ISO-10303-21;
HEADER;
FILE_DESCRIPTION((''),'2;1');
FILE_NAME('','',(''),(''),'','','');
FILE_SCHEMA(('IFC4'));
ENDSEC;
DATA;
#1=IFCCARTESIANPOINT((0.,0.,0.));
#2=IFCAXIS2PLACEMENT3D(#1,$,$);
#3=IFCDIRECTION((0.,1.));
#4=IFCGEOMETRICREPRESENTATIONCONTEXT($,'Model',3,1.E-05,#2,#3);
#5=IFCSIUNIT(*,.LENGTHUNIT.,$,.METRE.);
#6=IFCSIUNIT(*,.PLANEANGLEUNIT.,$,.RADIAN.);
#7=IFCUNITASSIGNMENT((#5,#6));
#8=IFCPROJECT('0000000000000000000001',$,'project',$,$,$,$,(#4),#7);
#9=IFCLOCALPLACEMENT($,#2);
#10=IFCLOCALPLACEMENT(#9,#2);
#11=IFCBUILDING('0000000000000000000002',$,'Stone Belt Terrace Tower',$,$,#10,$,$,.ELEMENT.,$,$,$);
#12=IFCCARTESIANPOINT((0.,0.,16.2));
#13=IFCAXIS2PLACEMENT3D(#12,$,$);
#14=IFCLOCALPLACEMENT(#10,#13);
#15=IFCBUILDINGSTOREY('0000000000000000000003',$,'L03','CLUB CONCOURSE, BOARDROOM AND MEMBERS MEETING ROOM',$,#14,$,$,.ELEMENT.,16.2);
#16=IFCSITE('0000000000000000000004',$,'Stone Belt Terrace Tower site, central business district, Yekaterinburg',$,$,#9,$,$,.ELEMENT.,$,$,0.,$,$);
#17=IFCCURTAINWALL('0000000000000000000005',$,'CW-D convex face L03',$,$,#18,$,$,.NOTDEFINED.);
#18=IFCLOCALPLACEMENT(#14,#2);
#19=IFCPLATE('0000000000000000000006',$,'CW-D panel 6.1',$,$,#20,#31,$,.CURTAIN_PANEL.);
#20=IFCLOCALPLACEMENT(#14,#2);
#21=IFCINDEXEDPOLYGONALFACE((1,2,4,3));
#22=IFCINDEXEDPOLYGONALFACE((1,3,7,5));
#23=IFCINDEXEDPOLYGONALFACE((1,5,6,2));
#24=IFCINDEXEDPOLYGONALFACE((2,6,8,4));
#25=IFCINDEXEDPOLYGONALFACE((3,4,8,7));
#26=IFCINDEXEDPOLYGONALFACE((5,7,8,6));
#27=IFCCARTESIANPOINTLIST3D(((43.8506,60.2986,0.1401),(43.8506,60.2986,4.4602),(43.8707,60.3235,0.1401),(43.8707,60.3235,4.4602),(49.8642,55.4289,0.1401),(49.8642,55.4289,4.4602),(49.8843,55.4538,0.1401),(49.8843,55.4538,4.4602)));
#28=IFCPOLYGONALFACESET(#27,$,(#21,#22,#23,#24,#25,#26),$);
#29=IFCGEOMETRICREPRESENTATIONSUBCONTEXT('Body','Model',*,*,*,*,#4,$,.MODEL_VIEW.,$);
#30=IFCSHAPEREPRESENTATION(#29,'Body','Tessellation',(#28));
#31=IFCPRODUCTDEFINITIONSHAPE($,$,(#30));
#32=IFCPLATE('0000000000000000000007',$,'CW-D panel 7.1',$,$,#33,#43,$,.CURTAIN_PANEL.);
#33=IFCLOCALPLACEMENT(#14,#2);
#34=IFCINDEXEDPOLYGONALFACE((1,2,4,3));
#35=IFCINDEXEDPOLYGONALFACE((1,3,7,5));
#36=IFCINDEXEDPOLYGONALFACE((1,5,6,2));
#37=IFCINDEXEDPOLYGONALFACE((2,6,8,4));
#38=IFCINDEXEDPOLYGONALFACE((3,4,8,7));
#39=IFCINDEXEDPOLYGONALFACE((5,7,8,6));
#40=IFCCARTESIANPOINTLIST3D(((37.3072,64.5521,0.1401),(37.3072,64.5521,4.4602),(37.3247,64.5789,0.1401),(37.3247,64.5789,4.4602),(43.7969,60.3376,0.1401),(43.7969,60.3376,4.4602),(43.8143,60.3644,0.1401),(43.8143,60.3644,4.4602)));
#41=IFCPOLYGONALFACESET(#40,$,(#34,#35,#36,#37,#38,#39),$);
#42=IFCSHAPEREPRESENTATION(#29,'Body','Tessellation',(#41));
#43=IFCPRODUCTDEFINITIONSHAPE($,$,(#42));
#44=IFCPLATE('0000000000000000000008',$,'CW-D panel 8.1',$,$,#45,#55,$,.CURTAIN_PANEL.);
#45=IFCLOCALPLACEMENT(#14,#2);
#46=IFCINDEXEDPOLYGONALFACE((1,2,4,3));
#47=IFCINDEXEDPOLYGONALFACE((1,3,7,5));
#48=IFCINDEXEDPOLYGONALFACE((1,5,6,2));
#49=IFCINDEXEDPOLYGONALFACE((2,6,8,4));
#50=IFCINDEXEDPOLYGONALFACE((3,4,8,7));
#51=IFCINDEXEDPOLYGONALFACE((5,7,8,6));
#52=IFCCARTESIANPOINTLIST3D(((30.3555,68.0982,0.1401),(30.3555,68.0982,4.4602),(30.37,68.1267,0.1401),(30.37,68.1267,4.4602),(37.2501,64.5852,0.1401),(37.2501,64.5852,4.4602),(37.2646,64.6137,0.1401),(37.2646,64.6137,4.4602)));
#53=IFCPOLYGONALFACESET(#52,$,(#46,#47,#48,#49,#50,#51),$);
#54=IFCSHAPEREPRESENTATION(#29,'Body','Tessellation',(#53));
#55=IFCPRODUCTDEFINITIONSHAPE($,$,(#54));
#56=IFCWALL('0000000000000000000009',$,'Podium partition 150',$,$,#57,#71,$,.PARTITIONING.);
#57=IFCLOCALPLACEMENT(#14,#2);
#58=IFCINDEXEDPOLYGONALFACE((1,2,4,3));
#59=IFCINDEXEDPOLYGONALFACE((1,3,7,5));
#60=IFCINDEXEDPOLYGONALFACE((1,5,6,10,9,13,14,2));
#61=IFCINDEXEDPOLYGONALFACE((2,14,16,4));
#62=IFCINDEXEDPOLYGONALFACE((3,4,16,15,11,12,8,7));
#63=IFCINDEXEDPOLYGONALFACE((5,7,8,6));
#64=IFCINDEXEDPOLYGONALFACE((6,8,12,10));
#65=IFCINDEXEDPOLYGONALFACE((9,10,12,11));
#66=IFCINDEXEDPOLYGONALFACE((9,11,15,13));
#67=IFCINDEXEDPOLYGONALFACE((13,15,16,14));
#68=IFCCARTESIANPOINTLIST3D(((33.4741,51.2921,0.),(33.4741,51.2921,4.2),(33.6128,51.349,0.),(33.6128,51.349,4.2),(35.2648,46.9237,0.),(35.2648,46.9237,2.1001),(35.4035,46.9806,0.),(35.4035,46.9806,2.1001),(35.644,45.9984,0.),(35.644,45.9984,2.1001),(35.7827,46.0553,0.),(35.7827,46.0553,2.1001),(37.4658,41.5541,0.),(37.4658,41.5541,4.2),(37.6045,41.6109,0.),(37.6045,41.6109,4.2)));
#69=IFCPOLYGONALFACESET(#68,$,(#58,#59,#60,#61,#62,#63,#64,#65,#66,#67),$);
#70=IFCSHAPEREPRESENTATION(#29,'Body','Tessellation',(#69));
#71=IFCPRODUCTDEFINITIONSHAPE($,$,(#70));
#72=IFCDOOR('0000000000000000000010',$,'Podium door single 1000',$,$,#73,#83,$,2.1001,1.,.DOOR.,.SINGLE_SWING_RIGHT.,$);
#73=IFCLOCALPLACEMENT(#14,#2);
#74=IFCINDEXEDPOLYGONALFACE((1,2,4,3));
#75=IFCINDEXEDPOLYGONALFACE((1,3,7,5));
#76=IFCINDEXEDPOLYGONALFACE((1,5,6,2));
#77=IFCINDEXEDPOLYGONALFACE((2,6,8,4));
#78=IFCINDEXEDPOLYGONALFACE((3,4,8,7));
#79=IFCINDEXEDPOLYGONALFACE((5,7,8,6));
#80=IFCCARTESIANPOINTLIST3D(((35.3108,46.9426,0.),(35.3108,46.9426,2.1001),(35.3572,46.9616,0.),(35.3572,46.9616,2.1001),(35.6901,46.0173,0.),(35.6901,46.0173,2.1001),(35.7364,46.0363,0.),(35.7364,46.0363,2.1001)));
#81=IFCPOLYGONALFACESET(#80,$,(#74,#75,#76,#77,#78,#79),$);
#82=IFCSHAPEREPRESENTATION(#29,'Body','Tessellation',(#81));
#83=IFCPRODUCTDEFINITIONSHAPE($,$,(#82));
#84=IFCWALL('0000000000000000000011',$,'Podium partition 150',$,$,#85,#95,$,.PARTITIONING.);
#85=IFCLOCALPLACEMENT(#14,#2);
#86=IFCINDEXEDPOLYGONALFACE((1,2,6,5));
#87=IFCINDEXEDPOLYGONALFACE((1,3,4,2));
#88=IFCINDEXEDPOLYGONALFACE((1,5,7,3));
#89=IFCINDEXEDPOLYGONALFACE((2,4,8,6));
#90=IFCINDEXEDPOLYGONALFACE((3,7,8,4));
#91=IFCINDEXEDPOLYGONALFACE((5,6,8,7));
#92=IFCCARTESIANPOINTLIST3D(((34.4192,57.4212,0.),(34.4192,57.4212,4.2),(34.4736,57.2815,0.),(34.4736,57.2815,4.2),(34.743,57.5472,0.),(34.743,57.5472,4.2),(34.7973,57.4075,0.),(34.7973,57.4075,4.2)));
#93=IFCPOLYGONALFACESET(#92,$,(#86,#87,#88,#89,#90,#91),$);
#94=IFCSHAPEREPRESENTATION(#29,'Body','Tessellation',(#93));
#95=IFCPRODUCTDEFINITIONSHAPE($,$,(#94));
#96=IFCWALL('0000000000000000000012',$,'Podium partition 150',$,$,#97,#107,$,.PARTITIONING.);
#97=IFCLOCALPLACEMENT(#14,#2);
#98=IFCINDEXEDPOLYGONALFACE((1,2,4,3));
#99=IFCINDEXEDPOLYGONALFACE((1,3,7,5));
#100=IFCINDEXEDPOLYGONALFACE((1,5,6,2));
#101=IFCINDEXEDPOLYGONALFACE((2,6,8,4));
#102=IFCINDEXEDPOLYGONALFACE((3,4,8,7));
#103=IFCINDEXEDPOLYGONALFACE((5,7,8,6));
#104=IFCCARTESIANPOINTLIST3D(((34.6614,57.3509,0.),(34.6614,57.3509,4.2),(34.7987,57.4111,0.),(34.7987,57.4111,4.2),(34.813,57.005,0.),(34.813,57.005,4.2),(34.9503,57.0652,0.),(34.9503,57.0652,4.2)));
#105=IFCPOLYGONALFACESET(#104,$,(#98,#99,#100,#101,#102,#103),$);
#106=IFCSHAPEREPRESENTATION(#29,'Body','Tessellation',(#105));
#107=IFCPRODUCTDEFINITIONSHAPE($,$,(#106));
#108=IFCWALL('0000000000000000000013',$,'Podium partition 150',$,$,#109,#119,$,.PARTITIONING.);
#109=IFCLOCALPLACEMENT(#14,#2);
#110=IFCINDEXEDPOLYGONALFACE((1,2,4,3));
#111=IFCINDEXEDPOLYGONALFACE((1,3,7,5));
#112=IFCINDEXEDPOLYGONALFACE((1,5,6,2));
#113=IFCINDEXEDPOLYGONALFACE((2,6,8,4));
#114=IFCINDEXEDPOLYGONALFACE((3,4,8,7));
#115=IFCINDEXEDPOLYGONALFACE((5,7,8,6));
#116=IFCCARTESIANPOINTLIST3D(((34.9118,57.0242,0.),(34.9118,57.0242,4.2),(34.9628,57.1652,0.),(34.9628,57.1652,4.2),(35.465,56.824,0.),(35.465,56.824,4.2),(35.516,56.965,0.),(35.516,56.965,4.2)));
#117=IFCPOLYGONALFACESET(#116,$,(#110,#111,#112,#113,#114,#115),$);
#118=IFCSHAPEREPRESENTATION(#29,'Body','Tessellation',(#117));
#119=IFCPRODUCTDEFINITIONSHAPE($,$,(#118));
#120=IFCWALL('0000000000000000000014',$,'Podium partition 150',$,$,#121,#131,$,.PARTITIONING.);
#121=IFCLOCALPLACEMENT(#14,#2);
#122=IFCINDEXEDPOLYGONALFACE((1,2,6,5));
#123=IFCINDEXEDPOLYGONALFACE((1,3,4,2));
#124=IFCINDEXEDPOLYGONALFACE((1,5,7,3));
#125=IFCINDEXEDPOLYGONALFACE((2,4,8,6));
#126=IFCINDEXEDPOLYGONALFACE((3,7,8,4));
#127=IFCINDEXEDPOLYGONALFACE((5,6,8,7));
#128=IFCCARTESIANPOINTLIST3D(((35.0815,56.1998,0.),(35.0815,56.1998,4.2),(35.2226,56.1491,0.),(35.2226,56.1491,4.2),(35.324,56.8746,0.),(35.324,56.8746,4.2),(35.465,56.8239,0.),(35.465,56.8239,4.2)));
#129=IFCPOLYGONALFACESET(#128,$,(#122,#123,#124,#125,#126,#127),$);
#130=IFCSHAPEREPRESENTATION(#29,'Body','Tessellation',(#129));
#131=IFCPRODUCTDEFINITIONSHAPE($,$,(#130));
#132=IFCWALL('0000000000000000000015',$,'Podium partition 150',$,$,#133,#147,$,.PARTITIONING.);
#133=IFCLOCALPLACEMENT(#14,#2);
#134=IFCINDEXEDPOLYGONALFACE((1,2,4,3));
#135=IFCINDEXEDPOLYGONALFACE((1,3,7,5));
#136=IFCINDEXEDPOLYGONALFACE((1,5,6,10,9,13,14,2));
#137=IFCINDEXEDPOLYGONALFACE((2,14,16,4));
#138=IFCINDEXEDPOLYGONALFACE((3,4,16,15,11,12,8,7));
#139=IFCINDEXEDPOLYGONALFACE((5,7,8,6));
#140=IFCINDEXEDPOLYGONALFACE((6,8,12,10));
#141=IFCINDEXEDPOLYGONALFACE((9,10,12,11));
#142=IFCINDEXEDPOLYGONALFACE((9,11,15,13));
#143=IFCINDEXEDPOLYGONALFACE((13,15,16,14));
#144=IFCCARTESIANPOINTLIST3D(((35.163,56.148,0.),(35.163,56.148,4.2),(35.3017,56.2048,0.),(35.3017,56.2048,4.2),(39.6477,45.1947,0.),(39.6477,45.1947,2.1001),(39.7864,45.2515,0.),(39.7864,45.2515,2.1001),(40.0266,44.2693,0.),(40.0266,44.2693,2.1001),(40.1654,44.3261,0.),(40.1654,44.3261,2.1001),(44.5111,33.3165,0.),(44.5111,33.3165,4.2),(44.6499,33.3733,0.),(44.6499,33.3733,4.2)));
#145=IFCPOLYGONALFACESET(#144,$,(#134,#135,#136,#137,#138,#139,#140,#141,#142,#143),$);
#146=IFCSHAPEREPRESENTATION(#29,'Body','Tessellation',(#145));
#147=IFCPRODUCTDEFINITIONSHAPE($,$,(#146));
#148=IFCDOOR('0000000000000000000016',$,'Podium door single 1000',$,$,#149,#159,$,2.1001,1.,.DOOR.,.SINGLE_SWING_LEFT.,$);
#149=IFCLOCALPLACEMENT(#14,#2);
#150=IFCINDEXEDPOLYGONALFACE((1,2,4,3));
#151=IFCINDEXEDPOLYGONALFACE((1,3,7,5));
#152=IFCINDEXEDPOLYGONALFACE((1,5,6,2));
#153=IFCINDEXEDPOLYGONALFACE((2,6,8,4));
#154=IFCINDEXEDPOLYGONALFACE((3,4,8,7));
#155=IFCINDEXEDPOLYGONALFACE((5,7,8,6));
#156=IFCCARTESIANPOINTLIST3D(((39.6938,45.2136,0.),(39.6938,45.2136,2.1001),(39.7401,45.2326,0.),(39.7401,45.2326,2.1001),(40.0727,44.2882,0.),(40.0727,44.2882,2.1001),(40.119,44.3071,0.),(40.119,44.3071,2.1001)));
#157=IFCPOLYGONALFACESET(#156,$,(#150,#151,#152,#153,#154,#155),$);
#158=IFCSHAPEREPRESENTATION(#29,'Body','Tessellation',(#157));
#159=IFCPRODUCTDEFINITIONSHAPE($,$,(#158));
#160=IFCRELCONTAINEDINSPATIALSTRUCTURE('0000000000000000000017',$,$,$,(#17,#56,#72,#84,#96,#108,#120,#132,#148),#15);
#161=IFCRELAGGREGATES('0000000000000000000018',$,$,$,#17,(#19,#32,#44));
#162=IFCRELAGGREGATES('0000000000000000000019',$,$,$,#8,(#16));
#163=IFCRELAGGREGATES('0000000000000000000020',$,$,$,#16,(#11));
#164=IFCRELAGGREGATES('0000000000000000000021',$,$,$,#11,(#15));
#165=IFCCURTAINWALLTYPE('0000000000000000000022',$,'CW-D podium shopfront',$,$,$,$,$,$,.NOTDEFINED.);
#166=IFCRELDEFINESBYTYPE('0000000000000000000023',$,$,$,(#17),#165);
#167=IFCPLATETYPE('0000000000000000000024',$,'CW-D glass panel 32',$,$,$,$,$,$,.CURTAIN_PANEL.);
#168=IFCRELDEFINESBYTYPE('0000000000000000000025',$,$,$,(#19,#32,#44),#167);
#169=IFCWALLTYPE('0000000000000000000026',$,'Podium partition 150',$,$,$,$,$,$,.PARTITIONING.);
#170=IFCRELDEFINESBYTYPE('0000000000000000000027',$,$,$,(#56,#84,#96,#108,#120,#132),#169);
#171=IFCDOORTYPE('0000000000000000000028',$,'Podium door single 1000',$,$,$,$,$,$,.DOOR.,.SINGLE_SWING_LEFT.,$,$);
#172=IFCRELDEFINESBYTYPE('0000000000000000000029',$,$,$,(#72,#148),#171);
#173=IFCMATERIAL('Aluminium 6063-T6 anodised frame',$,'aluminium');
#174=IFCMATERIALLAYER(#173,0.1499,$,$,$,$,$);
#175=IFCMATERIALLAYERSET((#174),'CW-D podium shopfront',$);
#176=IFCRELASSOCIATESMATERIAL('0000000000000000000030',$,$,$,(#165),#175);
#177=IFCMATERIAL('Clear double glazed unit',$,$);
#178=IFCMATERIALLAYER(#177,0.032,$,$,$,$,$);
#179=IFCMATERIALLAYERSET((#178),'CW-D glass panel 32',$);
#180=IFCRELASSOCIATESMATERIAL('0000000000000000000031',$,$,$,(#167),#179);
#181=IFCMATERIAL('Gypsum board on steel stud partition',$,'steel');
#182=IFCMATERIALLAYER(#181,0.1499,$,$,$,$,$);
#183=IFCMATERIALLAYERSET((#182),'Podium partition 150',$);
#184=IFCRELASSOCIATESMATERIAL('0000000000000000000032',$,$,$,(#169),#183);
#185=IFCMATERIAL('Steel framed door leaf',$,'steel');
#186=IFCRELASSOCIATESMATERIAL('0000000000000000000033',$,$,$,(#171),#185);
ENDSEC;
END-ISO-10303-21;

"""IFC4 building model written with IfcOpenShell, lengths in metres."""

from ifc_helpers import new_model, si_unit, direction, frame, frame_2d, origin, origin_2d, place, context, subcontext, project, spatial, rectangle, extrude, material, layer, layer_set, type_object, element, fill, aggregate, save


model = new_model("IFC4")

# Units and contexts
model_context = context("Model", 3, precision=1e-05, world=origin(), true_north=direction((0.0, 1.0)))
body_context = subcontext(model_context, "Body", "Model", "MODEL_VIEW")
ifc_project = project(units=[si_unit("LENGTHUNIT", "METRE"), si_unit("PLANEANGLEUNIT", "RADIAN")], contexts=[model_context])

# Site, building, storey
site_placement = place(None, origin())
site = spatial("IfcSite", under=ifc_project, at=site_placement, Name="Stone Belt Terrace Tower site, central business district, Yekaterinburg", CompositionType="ELEMENT", RefElevation=0.0)
building_placement = place(site_placement, origin())
building = spatial("IfcBuilding", under=site, at=building_placement, Name="Stone Belt Terrace Tower", CompositionType="ELEMENT")
storey_placement = place(building_placement, frame((0.0, 0.0, 16.2)))
storey = spatial("IfcBuildingStorey", under=building, at=storey_placement, Name="L03", Description="CLUB CONCOURSE, BOARDROOM AND MEMBERS MEETING ROOM", CompositionType="ELEMENT", Elevation=16.2)

# Curtain wall, plates
ifc_material_1 = material(Name="Aluminium 6063-T6 anodised frame", Category="aluminium")
ifc_layer_1 = layer(ifc_material_1, 0.1499)
ifc_layer_set_1 = layer_set([ifc_layer_1], Name="CW-D podium shopfront")
curtain_wall_type = type_object("IfcCurtainWallType", Name="CW-D podium shopfront", PredefinedType="NOTDEFINED", material=ifc_layer_set_1)
curtain_wall_placement = place(storey_placement, origin())
curtain_wall = element("IfcCurtainWall", 1, at=curtain_wall_placement, inside=storey, type_object=curtain_wall_type, Name="CW-D convex face L03", PredefinedType="NOTDEFINED")
ifc_material_2 = material(Name="Clear double glazed unit")
ifc_layer_2 = layer(ifc_material_2, 0.032)
ifc_layer_set_2 = layer_set([ifc_layer_2], Name="CW-D glass panel 32")
plate_type = type_object("IfcPlateType", Name="CW-D glass panel 32", PredefinedType="CURTAIN_PANEL", material=ifc_layer_set_2)
plate_1_placement = place(storey_placement, frame((46.8674, 57.8762, 0.1401), z_axis=(0.0, 0.0, 1.0), x_axis=(-0.777146, 0.62932, 0.0)))
plate_1 = element("IfcPlate", 2, at=plate_1_placement, type_object=plate_type, Name="CW-D panel 6.1", PredefinedType="CURTAIN_PANEL", context=body_context, shape_type="SweptSolid", body=[
    extrude(rectangle(XDim=7.738, YDim=0.032, at=origin_2d()), origin(), (0.0, 0.0, 1.0), 4.3201),
])
plate_2_placement = place(storey_placement, frame((40.5608, 62.4583, 0.1401), z_axis=(0.0, 0.0, 1.0), x_axis=(-0.838671, 0.544639, 0.0)))
plate_2 = element("IfcPlate", 3, at=plate_2_placement, type_object=plate_type, Name="CW-D panel 7.1", PredefinedType="CURTAIN_PANEL", context=body_context, shape_type="SweptSolid", body=[
    extrude(rectangle(XDim=7.738, YDim=0.032, at=origin_2d()), origin(), (0.0, 0.0, 1.0), 4.3201),
])
plate_3_placement = place(storey_placement, frame((33.8101, 66.356, 0.1401), z_axis=(0.0, 0.0, 1.0), x_axis=(-0.891007, 0.45399, 0.0)))
plate_3 = element("IfcPlate", 4, at=plate_3_placement, type_object=plate_type, Name="CW-D panel 8.1", PredefinedType="CURTAIN_PANEL", context=body_context, shape_type="SweptSolid", body=[
    extrude(rectangle(XDim=7.738, YDim=0.032, at=origin_2d()), origin(), (0.0, 0.0, 1.0), 4.3201),
])
aggregate(curtain_wall, [plate_1, plate_2, plate_3])

# Wall, opening, door
ifc_material_3 = material(Name="Gypsum board on steel stud partition", Category="steel")
ifc_layer_3 = layer(ifc_material_3, 0.1499)
ifc_layer_set_3 = layer_set([ifc_layer_3], Name="Podium partition 150")
wall_type = type_object("IfcWallType", Name="Podium partition 150", PredefinedType="PARTITIONING", material=ifc_layer_set_3)
wall_1_placement = place(storey_placement, frame((33.5435, 51.3206, 0.0), z_axis=(0.0, 0.0, 1.0), x_axis=(0.37928, -0.925282, 0.0)))
wall_1 = element("IfcWall", 5, at=wall_1_placement, inside=storey, type_object=wall_type, Name="Podium partition 150", PredefinedType="PARTITIONING", context=body_context, shape_type="SweptSolid", body=[
    extrude(rectangle(XDim=10.5244, YDim=0.1499, at=frame_2d((5.2622, 0.0))), origin(), (0.0, 0.0, 1.0), 4.2),
])
opening_1_placement = place(wall_1_placement, frame((4.7212, 0.0, 0.0)))
opening_1 = element("IfcOpeningElement", 6, at=opening_1_placement, cuts=wall_1, PredefinedType="OPENING", context=body_context, shape_type="SweptSolid", body=[
    extrude(rectangle(XDim=1.0, YDim=2.1001, at=frame_2d((0.5, 1.05))), frame((0.0, 0.085, 0.0), z_axis=(0.0, -1.0, 0.0), x_axis=(1.0, 0.0, 0.0)), (0.0, 0.0, 1.0), 0.1699),
])
ifc_material_4 = material(Name="Steel framed door leaf", Category="steel")
door_type = type_object("IfcDoorType", Name="Podium door single 1000", OperationType="SINGLE_SWING_LEFT", PredefinedType="DOOR", material=ifc_material_4)
door_1_placement = place(opening_1_placement, origin())
door_1 = element("IfcDoor", 7, at=door_1_placement, inside=storey, type_object=door_type, Name="Podium door single 1000", OperationType="SINGLE_SWING_RIGHT", OverallHeight=2.1001, OverallWidth=1.0, PredefinedType="DOOR", context=body_context, shape_type="SweptSolid", body=[
    extrude(rectangle(XDim=1.0, YDim=2.1001, at=frame_2d((0.5, 1.05))), frame((0.0, 0.0249, 0.0), z_axis=(0.0, -1.0, 0.0), x_axis=(1.0, 0.0, 0.0)), (0.0, 0.0, 1.0), 0.05),
])
fill(opening_1, door_1)

# Walls
wall_2_placement = place(storey_placement, frame((34.4463, 57.3513, 0.0), z_axis=(0.0, 0.0, 1.0), x_axis=(0.931926, 0.36265, 0.0)))
element("IfcWall", 8, at=wall_2_placement, inside=storey, type_object=wall_type, Name="Podium partition 150", PredefinedType="PARTITIONING", context=body_context, shape_type="SweptSolid", body=[
    extrude(rectangle(XDim=0.3474, YDim=0.1499, at=frame_2d((0.1738, 0.0))), origin(), (0.0, 0.0, 1.0), 4.2),
])
wall_3_placement = place(storey_placement, frame((34.73, 57.3811, 0.0), z_axis=(0.0, 0.0, 1.0), x_axis=(0.401395, -0.915905, 0.0)))
element("IfcWall", 9, at=wall_3_placement, inside=storey, type_object=wall_type, Name="Podium partition 150", PredefinedType="PARTITIONING", context=body_context, shape_type="SweptSolid", body=[
    extrude(rectangle(XDim=0.3777, YDim=0.1499, at=frame_2d((0.189, 0.0))), origin(), (0.0, 0.0, 1.0), 4.2),
])
wall_4_placement = place(storey_placement, frame((34.9373, 57.0947, 0.0), z_axis=(0.0, 0.0, 1.0), x_axis=(0.940325, -0.340277, 0.0)))
element("IfcWall", 10, at=wall_4_placement, inside=storey, type_object=wall_type, Name="Podium partition 150", PredefinedType="PARTITIONING", context=body_context, shape_type="SweptSolid", body=[
    extrude(rectangle(XDim=0.5884, YDim=0.1499, at=frame_2d((0.2942, 0.0))), origin(), (0.0, 0.0, 1.0), 4.2),
])
wall_5_placement = place(storey_placement, frame((35.1521, 56.1746, 0.0), z_axis=(0.0, 0.0, 1.0), x_axis=(0.338104, 0.941109, 0.0)))
element("IfcWall", 11, at=wall_5_placement, inside=storey, type_object=wall_type, Name="Podium partition 150", PredefinedType="PARTITIONING", context=body_context, shape_type="SweptSolid", body=[
    extrude(rectangle(XDim=0.717, YDim=0.1499, at=frame_2d((0.3584, 0.0))), origin(), (0.0, 0.0, 1.0), 4.2),
])

# Wall, opening, door
wall_6_placement = place(storey_placement, frame((35.2324, 56.1763, 0.0), z_axis=(0.0, 0.0, 1.0), x_axis=(0.378909, -0.925434, 0.0)))
wall_6 = element("IfcWall", 12, at=wall_6_placement, inside=storey, type_object=wall_type, Name="Podium partition 150", PredefinedType="PARTITIONING", context=body_context, shape_type="SweptSolid", body=[
    extrude(rectangle(XDim=24.6711, YDim=0.1499, at=frame_2d((12.3354, 0.0))), origin(), (0.0, 0.0, 1.0), 4.2),
])
opening_2_placement = place(wall_6_placement, frame((11.8357, 0.0, 0.0)))
opening_2 = element("IfcOpeningElement", 13, at=opening_2_placement, cuts=wall_6, PredefinedType="OPENING", context=body_context, shape_type="SweptSolid", body=[
    extrude(rectangle(XDim=1.0, YDim=2.1001, at=frame_2d((0.5, 1.05))), frame((0.0, 0.085, 0.0), z_axis=(0.0, -1.0, 0.0), x_axis=(1.0, 0.0, 0.0)), (0.0, 0.0, 1.0), 0.1699),
])
door_2_placement = place(opening_2_placement, origin())
door_2 = element("IfcDoor", 14, at=door_2_placement, inside=storey, type_object=door_type, Name="Podium door single 1000", OperationType="SINGLE_SWING_LEFT", OverallHeight=2.1001, OverallWidth=1.0, PredefinedType="DOOR", context=body_context, shape_type="SweptSolid", body=[
    extrude(rectangle(XDim=1.0, YDim=2.1001, at=frame_2d((0.5, 1.05))), frame((0.0, 0.0249, 0.0), z_axis=(0.0, -1.0, 0.0), x_axis=(1.0, 0.0, 0.0)), (0.0, 0.0, 1.0), 0.05),
])
fill(opening_2, door_2)

save(model, "model.ifc")
